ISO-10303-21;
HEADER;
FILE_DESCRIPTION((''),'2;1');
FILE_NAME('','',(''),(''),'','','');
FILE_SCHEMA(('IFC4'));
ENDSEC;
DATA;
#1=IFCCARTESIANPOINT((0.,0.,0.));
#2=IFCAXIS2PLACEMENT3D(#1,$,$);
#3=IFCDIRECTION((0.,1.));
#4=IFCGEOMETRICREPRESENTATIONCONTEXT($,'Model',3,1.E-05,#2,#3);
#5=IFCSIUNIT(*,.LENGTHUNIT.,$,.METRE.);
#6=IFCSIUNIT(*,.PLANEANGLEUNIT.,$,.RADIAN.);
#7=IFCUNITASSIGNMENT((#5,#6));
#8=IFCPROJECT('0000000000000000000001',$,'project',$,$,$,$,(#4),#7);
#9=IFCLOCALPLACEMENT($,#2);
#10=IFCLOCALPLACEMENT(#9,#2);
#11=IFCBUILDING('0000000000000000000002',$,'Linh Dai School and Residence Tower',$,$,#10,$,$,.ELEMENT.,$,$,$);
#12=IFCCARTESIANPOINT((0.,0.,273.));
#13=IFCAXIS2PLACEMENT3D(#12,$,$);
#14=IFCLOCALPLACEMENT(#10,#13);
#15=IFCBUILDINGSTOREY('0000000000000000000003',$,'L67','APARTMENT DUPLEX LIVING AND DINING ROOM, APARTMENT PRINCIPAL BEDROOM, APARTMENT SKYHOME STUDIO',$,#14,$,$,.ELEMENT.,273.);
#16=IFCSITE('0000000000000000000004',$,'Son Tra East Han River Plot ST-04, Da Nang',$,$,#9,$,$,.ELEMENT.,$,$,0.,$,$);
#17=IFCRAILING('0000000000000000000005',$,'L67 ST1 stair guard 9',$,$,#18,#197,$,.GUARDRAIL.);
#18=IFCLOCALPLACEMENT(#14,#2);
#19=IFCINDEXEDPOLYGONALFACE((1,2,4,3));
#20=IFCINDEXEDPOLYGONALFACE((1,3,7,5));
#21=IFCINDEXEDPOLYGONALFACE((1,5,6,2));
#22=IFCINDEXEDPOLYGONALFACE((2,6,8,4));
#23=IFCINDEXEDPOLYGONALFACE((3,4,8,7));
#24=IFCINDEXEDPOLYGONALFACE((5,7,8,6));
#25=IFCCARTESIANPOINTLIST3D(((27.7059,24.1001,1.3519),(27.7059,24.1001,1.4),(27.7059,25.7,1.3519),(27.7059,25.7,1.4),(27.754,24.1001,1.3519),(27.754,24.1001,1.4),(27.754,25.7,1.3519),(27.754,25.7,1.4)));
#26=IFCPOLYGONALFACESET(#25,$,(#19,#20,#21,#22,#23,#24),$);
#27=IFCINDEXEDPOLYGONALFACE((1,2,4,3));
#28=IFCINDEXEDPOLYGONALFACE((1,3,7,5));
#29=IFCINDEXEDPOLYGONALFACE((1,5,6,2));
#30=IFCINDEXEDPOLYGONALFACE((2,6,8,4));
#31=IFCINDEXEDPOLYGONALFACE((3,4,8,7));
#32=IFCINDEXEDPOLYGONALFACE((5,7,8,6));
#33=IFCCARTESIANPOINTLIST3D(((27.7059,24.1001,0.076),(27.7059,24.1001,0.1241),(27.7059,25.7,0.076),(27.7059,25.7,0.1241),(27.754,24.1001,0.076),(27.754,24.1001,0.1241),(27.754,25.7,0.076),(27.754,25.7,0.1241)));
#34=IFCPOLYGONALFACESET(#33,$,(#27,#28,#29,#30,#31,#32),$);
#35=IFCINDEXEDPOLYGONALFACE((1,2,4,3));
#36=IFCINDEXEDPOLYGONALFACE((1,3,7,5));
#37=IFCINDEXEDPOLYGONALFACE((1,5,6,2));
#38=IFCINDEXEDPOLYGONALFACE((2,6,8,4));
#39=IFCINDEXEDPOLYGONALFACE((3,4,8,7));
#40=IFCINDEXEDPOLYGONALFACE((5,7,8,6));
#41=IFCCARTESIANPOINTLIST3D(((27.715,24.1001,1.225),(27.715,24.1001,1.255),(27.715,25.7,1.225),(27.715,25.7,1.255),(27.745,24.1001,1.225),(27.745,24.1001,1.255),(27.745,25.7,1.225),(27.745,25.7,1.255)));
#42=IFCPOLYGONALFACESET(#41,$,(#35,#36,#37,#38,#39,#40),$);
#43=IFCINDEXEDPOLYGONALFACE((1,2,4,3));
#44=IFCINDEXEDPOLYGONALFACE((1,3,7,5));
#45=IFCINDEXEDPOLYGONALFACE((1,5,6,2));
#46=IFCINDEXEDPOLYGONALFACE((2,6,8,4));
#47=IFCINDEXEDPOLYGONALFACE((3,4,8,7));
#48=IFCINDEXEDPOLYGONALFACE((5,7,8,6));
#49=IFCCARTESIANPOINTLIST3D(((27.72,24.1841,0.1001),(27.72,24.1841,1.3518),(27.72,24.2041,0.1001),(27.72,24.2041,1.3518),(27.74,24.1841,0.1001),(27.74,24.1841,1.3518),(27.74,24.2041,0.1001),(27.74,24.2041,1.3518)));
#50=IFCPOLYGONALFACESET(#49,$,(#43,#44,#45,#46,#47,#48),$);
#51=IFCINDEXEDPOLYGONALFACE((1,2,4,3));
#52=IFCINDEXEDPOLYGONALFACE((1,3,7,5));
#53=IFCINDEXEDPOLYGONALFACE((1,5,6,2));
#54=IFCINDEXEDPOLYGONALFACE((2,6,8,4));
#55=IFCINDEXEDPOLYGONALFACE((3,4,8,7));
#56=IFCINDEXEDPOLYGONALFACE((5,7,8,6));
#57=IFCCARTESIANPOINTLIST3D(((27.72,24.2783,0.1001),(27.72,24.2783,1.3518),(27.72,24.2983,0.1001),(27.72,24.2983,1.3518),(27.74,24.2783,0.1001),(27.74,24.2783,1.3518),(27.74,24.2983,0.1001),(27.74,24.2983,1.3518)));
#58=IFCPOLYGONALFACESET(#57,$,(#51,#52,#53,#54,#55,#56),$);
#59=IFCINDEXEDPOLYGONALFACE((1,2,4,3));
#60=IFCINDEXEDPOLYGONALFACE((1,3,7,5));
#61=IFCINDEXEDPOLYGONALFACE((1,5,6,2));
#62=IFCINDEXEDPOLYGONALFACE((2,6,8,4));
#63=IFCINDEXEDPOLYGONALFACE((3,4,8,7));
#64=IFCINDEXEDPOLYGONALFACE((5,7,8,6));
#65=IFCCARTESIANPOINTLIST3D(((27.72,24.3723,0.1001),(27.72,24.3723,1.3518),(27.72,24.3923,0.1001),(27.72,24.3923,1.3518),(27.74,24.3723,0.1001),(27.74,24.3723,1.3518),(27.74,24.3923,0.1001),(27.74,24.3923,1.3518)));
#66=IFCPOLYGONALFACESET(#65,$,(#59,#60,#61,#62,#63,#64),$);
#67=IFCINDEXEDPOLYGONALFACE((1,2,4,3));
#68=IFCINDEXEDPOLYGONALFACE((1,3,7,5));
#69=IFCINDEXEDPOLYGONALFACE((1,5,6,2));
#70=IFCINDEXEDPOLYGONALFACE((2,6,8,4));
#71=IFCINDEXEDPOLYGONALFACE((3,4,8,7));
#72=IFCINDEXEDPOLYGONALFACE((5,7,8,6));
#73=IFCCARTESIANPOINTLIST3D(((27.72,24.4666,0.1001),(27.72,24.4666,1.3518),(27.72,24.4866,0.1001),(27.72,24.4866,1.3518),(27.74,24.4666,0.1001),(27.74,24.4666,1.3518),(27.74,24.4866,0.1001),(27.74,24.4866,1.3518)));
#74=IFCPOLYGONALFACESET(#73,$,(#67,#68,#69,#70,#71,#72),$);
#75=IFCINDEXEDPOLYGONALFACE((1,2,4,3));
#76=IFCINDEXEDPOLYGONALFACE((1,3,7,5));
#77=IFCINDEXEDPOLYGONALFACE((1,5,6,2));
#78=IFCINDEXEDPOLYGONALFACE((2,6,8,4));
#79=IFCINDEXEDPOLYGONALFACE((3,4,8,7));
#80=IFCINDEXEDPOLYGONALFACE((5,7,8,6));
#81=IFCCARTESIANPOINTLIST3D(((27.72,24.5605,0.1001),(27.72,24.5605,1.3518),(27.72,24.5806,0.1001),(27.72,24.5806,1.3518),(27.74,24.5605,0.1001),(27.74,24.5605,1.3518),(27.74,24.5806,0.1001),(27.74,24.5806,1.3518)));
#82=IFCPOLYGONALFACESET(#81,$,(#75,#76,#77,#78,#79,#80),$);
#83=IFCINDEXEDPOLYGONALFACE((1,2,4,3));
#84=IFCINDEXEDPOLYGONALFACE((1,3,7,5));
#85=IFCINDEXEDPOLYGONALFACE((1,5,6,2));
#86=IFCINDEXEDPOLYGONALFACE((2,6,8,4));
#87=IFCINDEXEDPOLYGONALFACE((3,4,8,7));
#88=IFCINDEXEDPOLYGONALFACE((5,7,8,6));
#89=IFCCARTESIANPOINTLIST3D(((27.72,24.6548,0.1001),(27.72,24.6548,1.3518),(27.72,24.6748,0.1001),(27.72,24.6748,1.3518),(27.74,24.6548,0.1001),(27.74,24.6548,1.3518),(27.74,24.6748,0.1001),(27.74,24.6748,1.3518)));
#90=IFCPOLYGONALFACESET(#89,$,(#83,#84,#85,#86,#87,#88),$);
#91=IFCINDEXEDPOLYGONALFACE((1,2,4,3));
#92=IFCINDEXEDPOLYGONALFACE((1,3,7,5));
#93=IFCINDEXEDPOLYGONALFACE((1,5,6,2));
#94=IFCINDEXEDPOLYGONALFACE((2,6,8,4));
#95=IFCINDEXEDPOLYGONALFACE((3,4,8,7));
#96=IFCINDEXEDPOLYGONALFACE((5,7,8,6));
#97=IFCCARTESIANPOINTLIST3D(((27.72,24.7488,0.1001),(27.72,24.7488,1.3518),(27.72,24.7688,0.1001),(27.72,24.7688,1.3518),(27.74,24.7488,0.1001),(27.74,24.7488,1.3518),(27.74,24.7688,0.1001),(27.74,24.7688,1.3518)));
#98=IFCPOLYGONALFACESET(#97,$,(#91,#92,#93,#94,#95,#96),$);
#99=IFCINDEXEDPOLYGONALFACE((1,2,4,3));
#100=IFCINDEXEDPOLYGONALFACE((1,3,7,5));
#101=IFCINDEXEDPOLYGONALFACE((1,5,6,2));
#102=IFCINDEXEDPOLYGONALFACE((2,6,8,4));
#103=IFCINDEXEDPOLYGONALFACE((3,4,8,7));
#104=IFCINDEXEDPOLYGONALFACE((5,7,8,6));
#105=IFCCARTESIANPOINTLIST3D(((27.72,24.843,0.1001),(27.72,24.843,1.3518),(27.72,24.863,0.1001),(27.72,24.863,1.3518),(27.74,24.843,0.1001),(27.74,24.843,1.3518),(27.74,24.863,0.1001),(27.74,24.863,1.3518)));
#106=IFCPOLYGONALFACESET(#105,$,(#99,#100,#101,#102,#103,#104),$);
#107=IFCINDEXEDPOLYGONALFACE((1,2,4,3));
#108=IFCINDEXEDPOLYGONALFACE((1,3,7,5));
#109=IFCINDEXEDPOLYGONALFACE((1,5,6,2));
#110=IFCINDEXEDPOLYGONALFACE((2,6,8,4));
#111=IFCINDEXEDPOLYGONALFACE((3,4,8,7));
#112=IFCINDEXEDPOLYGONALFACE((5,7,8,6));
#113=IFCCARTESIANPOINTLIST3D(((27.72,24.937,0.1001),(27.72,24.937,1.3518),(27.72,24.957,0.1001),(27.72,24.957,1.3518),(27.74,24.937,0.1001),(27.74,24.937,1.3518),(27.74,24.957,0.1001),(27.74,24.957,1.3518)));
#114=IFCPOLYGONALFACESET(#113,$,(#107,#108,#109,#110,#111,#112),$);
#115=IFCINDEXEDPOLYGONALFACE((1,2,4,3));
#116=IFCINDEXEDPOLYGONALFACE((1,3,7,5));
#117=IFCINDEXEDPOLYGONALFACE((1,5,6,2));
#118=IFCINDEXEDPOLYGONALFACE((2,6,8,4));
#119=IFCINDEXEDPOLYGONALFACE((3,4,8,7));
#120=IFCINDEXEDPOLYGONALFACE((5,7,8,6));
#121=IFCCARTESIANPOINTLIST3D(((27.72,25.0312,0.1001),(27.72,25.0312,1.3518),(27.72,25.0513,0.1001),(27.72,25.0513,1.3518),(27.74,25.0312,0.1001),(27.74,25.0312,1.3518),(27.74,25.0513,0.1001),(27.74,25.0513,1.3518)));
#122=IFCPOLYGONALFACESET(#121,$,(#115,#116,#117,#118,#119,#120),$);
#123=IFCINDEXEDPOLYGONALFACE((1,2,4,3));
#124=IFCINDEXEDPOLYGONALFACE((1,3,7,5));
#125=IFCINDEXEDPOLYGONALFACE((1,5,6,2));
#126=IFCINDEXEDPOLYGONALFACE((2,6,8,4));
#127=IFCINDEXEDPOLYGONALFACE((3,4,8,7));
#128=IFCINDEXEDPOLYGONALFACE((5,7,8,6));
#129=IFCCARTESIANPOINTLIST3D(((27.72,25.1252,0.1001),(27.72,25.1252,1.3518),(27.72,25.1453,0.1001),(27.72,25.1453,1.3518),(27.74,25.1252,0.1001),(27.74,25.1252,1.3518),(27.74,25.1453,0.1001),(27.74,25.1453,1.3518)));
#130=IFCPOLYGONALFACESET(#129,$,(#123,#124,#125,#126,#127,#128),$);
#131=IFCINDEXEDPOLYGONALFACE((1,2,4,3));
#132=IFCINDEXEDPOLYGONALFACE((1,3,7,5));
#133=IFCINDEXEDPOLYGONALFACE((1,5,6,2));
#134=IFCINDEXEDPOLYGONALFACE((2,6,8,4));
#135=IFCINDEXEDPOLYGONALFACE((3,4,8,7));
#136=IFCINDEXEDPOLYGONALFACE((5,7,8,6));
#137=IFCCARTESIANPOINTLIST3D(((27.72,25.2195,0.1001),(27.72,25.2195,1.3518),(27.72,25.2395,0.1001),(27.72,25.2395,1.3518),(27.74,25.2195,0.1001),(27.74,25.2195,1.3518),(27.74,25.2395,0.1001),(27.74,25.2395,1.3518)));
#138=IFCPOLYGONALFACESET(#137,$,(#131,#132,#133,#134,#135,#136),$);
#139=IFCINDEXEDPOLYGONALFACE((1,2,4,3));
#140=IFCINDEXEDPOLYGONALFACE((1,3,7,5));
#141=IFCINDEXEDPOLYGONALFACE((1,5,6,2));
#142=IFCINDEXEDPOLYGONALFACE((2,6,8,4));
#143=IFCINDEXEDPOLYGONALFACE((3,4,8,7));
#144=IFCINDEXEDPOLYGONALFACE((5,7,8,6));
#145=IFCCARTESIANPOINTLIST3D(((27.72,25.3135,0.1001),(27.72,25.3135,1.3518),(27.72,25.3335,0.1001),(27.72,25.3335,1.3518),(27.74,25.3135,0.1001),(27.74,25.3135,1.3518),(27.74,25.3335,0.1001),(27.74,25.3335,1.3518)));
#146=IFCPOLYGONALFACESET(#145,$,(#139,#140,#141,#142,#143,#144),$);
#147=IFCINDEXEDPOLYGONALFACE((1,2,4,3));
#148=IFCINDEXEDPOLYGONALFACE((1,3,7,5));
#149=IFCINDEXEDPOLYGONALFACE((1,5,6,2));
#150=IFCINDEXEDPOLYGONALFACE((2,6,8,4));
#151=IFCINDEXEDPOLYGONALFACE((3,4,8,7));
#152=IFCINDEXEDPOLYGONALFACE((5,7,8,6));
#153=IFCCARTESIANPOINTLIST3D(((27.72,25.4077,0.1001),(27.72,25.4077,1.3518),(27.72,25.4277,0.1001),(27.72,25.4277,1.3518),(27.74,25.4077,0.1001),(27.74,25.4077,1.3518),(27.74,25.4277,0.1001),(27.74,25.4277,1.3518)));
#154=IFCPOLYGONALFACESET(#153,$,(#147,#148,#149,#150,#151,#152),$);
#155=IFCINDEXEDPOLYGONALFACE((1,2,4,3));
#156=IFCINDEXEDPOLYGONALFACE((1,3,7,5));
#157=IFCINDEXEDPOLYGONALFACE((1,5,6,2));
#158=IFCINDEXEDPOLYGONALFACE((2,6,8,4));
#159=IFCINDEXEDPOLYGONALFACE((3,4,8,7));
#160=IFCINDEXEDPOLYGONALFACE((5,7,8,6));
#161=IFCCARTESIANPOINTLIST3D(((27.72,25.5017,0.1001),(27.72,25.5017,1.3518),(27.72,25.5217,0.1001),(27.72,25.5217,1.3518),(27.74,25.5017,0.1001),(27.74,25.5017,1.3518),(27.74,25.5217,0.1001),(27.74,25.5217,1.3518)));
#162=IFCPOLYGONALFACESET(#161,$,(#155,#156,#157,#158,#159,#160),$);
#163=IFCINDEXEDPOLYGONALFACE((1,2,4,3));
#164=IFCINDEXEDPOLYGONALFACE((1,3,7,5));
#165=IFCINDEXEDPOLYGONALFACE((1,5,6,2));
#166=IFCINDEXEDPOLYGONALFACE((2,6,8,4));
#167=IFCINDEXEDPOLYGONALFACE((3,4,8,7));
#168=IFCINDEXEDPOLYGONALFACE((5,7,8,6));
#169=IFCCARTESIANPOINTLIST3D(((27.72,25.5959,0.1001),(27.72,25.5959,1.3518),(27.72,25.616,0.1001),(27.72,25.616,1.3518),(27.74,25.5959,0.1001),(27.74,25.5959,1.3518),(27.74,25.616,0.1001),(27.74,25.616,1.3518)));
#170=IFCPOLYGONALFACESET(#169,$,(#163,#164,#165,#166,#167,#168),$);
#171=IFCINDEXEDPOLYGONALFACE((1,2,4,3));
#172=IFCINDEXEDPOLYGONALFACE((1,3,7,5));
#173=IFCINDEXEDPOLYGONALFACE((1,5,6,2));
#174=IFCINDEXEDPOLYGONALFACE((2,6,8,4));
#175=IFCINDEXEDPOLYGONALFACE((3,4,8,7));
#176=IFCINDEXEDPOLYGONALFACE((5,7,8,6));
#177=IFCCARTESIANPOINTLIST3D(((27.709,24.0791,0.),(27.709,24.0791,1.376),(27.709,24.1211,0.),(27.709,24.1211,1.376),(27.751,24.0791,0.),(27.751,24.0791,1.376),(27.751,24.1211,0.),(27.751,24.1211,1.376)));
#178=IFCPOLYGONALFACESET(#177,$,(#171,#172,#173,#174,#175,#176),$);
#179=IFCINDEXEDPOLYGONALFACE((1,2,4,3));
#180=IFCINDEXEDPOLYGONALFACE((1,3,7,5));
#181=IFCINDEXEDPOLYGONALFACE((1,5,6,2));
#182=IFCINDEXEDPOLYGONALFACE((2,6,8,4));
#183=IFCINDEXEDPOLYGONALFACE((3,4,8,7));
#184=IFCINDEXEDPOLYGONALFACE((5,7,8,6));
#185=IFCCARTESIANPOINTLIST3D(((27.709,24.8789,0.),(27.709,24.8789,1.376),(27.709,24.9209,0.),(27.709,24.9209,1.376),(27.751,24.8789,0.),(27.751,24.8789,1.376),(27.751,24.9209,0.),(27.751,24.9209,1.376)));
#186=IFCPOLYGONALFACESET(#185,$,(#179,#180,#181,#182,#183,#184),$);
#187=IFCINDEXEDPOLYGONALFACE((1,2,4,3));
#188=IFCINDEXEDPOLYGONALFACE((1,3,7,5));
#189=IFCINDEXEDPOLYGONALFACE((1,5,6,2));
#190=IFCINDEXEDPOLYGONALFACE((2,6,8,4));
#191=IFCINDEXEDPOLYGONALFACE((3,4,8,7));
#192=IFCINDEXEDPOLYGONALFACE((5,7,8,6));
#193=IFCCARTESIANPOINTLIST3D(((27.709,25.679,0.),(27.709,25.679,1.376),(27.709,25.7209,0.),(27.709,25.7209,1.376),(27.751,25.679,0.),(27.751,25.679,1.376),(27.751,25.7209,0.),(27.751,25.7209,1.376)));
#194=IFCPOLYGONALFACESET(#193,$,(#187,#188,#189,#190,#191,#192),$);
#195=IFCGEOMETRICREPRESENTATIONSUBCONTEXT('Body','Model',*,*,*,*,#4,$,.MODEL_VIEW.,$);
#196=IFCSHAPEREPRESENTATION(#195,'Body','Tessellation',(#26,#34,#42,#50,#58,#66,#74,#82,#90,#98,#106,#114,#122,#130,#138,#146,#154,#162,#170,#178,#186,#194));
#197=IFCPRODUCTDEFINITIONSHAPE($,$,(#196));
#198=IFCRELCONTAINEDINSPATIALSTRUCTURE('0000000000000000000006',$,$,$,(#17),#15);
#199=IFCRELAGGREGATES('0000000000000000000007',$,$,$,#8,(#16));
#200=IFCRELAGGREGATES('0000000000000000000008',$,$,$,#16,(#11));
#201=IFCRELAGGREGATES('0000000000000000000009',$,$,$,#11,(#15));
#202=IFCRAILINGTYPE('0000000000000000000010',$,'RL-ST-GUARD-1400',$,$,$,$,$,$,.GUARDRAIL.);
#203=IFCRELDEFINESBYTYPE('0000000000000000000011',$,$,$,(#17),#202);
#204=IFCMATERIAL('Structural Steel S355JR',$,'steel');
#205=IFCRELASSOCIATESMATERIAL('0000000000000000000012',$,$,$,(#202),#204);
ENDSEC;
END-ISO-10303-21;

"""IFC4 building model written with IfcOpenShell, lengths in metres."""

from ifc_helpers import new_model, si_unit, direction, frame, origin, origin_2d, place, context, subcontext, project, spatial, rectangle, extrude, source, transform, mapped, material, type_object, element, save


model = new_model("IFC4")

# Units and contexts
model_context = context("Model", 3, precision=1e-05, world=origin(), true_north=direction((0.0, 1.0)))
body_context = subcontext(model_context, "Body", "Model", "MODEL_VIEW")
ifc_project = project(units=[si_unit("LENGTHUNIT", "METRE"), si_unit("PLANEANGLEUNIT", "RADIAN")], contexts=[model_context])

# Site, building, storey
site_placement = place(None, origin())
site = spatial("IfcSite", under=ifc_project, at=site_placement, Name="Son Tra East Han River Plot ST-04, Da Nang", CompositionType="ELEMENT", RefElevation=0.0)
building_placement = place(site_placement, origin())
building = spatial("IfcBuilding", under=site, at=building_placement, Name="Linh Dai School and Residence Tower", CompositionType="ELEMENT")
storey_placement = place(building_placement, frame((0.0, 0.0, 273.0)))
storey = spatial("IfcBuildingStorey", under=building, at=storey_placement, Name="L67", Description="APARTMENT DUPLEX LIVING AND DINING ROOM, APARTMENT PRINCIPAL BEDROOM, APARTMENT SKYHOME STUDIO", CompositionType="ELEMENT", Elevation=273.0)

# Shared definitions
ifc_material_1 = material(Name="Structural Steel S355JR", Category="steel")

# Railing
railing_type_1 = type_object("IfcRailingType", Name="RL-ST-GUARD-1400", PredefinedType="GUARDRAIL", material=ifc_material_1)
shared_shape_1 = source(origin(), body_context, "Body", "SweptSolid", [
    extrude(rectangle(XDim=0.0481, YDim=0.0481, at=origin_2d()), frame((0.0, 0.0, 1.376), z_axis=(0.0, 1.0, 0.0), x_axis=(-1.0, 0.0, 0.0)), (0.0, 0.0, 1.0), 1.5999),
    extrude(rectangle(XDim=0.0481, YDim=0.0481, at=origin_2d()), frame((0.0, 0.0, 0.1001), z_axis=(0.0, 1.0, 0.0), x_axis=(-1.0, 0.0, 0.0)), (0.0, 0.0, 1.0), 1.5999),
    extrude(rectangle(XDim=0.03, YDim=0.03, at=origin_2d()), frame((0.0, 0.0, 1.24), z_axis=(0.0, 1.0, 0.0), x_axis=(-1.0, 0.0, 0.0)), (0.0, 0.0, 1.0), 1.5999),
    extrude(rectangle(XDim=0.02, YDim=0.02, at=origin_2d()), frame((0.0, 0.094, 0.1001)), (0.0, 0.0, 1.0), 1.2517),
    extrude(rectangle(XDim=0.02, YDim=0.02, at=origin_2d()), frame((0.0, 0.1882, 0.1001)), (0.0, 0.0, 1.0), 1.2517),
    extrude(rectangle(XDim=0.02, YDim=0.02, at=origin_2d()), frame((0.0, 0.2822, 0.1001)), (0.0, 0.0, 1.0), 1.2517),
    extrude(rectangle(XDim=0.02, YDim=0.02, at=origin_2d()), frame((0.0, 0.3765, 0.1001)), (0.0, 0.0, 1.0), 1.2517),
    extrude(rectangle(XDim=0.02, YDim=0.02, at=origin_2d()), frame((0.0, 0.4705, 0.1001)), (0.0, 0.0, 1.0), 1.2517),
    extrude(rectangle(XDim=0.02, YDim=0.02, at=origin_2d()), frame((0.0, 0.5647, 0.1001)), (0.0, 0.0, 1.0), 1.2517),
    extrude(rectangle(XDim=0.02, YDim=0.02, at=origin_2d()), frame((0.0, 0.6587, 0.1001)), (0.0, 0.0, 1.0), 1.2517),
    extrude(rectangle(XDim=0.02, YDim=0.02, at=origin_2d()), frame((0.0, 0.7529, 0.1001)), (0.0, 0.0, 1.0), 1.2517),
    extrude(rectangle(XDim=0.02, YDim=0.02, at=origin_2d()), frame((0.0, 0.8469, 0.1001)), (0.0, 0.0, 1.0), 1.2517),
    extrude(rectangle(XDim=0.02, YDim=0.02, at=origin_2d()), frame((0.0, 0.9412, 0.1001)), (0.0, 0.0, 1.0), 1.2517),
    extrude(rectangle(XDim=0.02, YDim=0.02, at=origin_2d()), frame((0.0, 1.0352, 0.1001)), (0.0, 0.0, 1.0), 1.2517),
    extrude(rectangle(XDim=0.02, YDim=0.02, at=origin_2d()), frame((0.0, 1.1294, 0.1001)), (0.0, 0.0, 1.0), 1.2517),
    extrude(rectangle(XDim=0.02, YDim=0.02, at=origin_2d()), frame((0.0, 1.2234, 0.1001)), (0.0, 0.0, 1.0), 1.2517),
    extrude(rectangle(XDim=0.02, YDim=0.02, at=origin_2d()), frame((0.0, 1.3176, 0.1001)), (0.0, 0.0, 1.0), 1.2517),
    extrude(rectangle(XDim=0.02, YDim=0.02, at=origin_2d()), frame((0.0, 1.4116, 0.1001)), (0.0, 0.0, 1.0), 1.2517),
    extrude(rectangle(XDim=0.02, YDim=0.02, at=origin_2d()), frame((0.0, 1.5059, 0.1001)), (0.0, 0.0, 1.0), 1.2517),
    extrude(rectangle(XDim=0.042, YDim=0.042, at=origin_2d()), origin(), (0.0, 0.0, 1.0), 1.376),
    extrude(rectangle(XDim=0.042, YDim=0.042, at=origin_2d()), frame((0.0, 0.7998, 0.0)), (0.0, 0.0, 1.0), 1.376),
    extrude(rectangle(XDim=0.042, YDim=0.042, at=origin_2d()), frame((0.0, 1.5999, 0.0)), (0.0, 0.0, 1.0), 1.376),
])
for number, where, name in (
    (1, (27.73, 24.1001, 0.0), "L67 ST1 stair guard 9"),
):
    element("IfcRailing", number, at=place(storey_placement, frame(where)), inside=storey, type_object=railing_type_1, Name=name, PredefinedType="GUARDRAIL", context=body_context, shape_type="MappedRepresentation", body=[
        mapped(shared_shape_1, transform((0.0, 0.0, 0.0), x_axis=(1.0, 0.0, 0.0), y_axis=(0.0, 1.0, 0.0), z_axis=(0.0, 0.0, 1.0), scale=1.0)),
    ])

save(model, "model.ifc")
